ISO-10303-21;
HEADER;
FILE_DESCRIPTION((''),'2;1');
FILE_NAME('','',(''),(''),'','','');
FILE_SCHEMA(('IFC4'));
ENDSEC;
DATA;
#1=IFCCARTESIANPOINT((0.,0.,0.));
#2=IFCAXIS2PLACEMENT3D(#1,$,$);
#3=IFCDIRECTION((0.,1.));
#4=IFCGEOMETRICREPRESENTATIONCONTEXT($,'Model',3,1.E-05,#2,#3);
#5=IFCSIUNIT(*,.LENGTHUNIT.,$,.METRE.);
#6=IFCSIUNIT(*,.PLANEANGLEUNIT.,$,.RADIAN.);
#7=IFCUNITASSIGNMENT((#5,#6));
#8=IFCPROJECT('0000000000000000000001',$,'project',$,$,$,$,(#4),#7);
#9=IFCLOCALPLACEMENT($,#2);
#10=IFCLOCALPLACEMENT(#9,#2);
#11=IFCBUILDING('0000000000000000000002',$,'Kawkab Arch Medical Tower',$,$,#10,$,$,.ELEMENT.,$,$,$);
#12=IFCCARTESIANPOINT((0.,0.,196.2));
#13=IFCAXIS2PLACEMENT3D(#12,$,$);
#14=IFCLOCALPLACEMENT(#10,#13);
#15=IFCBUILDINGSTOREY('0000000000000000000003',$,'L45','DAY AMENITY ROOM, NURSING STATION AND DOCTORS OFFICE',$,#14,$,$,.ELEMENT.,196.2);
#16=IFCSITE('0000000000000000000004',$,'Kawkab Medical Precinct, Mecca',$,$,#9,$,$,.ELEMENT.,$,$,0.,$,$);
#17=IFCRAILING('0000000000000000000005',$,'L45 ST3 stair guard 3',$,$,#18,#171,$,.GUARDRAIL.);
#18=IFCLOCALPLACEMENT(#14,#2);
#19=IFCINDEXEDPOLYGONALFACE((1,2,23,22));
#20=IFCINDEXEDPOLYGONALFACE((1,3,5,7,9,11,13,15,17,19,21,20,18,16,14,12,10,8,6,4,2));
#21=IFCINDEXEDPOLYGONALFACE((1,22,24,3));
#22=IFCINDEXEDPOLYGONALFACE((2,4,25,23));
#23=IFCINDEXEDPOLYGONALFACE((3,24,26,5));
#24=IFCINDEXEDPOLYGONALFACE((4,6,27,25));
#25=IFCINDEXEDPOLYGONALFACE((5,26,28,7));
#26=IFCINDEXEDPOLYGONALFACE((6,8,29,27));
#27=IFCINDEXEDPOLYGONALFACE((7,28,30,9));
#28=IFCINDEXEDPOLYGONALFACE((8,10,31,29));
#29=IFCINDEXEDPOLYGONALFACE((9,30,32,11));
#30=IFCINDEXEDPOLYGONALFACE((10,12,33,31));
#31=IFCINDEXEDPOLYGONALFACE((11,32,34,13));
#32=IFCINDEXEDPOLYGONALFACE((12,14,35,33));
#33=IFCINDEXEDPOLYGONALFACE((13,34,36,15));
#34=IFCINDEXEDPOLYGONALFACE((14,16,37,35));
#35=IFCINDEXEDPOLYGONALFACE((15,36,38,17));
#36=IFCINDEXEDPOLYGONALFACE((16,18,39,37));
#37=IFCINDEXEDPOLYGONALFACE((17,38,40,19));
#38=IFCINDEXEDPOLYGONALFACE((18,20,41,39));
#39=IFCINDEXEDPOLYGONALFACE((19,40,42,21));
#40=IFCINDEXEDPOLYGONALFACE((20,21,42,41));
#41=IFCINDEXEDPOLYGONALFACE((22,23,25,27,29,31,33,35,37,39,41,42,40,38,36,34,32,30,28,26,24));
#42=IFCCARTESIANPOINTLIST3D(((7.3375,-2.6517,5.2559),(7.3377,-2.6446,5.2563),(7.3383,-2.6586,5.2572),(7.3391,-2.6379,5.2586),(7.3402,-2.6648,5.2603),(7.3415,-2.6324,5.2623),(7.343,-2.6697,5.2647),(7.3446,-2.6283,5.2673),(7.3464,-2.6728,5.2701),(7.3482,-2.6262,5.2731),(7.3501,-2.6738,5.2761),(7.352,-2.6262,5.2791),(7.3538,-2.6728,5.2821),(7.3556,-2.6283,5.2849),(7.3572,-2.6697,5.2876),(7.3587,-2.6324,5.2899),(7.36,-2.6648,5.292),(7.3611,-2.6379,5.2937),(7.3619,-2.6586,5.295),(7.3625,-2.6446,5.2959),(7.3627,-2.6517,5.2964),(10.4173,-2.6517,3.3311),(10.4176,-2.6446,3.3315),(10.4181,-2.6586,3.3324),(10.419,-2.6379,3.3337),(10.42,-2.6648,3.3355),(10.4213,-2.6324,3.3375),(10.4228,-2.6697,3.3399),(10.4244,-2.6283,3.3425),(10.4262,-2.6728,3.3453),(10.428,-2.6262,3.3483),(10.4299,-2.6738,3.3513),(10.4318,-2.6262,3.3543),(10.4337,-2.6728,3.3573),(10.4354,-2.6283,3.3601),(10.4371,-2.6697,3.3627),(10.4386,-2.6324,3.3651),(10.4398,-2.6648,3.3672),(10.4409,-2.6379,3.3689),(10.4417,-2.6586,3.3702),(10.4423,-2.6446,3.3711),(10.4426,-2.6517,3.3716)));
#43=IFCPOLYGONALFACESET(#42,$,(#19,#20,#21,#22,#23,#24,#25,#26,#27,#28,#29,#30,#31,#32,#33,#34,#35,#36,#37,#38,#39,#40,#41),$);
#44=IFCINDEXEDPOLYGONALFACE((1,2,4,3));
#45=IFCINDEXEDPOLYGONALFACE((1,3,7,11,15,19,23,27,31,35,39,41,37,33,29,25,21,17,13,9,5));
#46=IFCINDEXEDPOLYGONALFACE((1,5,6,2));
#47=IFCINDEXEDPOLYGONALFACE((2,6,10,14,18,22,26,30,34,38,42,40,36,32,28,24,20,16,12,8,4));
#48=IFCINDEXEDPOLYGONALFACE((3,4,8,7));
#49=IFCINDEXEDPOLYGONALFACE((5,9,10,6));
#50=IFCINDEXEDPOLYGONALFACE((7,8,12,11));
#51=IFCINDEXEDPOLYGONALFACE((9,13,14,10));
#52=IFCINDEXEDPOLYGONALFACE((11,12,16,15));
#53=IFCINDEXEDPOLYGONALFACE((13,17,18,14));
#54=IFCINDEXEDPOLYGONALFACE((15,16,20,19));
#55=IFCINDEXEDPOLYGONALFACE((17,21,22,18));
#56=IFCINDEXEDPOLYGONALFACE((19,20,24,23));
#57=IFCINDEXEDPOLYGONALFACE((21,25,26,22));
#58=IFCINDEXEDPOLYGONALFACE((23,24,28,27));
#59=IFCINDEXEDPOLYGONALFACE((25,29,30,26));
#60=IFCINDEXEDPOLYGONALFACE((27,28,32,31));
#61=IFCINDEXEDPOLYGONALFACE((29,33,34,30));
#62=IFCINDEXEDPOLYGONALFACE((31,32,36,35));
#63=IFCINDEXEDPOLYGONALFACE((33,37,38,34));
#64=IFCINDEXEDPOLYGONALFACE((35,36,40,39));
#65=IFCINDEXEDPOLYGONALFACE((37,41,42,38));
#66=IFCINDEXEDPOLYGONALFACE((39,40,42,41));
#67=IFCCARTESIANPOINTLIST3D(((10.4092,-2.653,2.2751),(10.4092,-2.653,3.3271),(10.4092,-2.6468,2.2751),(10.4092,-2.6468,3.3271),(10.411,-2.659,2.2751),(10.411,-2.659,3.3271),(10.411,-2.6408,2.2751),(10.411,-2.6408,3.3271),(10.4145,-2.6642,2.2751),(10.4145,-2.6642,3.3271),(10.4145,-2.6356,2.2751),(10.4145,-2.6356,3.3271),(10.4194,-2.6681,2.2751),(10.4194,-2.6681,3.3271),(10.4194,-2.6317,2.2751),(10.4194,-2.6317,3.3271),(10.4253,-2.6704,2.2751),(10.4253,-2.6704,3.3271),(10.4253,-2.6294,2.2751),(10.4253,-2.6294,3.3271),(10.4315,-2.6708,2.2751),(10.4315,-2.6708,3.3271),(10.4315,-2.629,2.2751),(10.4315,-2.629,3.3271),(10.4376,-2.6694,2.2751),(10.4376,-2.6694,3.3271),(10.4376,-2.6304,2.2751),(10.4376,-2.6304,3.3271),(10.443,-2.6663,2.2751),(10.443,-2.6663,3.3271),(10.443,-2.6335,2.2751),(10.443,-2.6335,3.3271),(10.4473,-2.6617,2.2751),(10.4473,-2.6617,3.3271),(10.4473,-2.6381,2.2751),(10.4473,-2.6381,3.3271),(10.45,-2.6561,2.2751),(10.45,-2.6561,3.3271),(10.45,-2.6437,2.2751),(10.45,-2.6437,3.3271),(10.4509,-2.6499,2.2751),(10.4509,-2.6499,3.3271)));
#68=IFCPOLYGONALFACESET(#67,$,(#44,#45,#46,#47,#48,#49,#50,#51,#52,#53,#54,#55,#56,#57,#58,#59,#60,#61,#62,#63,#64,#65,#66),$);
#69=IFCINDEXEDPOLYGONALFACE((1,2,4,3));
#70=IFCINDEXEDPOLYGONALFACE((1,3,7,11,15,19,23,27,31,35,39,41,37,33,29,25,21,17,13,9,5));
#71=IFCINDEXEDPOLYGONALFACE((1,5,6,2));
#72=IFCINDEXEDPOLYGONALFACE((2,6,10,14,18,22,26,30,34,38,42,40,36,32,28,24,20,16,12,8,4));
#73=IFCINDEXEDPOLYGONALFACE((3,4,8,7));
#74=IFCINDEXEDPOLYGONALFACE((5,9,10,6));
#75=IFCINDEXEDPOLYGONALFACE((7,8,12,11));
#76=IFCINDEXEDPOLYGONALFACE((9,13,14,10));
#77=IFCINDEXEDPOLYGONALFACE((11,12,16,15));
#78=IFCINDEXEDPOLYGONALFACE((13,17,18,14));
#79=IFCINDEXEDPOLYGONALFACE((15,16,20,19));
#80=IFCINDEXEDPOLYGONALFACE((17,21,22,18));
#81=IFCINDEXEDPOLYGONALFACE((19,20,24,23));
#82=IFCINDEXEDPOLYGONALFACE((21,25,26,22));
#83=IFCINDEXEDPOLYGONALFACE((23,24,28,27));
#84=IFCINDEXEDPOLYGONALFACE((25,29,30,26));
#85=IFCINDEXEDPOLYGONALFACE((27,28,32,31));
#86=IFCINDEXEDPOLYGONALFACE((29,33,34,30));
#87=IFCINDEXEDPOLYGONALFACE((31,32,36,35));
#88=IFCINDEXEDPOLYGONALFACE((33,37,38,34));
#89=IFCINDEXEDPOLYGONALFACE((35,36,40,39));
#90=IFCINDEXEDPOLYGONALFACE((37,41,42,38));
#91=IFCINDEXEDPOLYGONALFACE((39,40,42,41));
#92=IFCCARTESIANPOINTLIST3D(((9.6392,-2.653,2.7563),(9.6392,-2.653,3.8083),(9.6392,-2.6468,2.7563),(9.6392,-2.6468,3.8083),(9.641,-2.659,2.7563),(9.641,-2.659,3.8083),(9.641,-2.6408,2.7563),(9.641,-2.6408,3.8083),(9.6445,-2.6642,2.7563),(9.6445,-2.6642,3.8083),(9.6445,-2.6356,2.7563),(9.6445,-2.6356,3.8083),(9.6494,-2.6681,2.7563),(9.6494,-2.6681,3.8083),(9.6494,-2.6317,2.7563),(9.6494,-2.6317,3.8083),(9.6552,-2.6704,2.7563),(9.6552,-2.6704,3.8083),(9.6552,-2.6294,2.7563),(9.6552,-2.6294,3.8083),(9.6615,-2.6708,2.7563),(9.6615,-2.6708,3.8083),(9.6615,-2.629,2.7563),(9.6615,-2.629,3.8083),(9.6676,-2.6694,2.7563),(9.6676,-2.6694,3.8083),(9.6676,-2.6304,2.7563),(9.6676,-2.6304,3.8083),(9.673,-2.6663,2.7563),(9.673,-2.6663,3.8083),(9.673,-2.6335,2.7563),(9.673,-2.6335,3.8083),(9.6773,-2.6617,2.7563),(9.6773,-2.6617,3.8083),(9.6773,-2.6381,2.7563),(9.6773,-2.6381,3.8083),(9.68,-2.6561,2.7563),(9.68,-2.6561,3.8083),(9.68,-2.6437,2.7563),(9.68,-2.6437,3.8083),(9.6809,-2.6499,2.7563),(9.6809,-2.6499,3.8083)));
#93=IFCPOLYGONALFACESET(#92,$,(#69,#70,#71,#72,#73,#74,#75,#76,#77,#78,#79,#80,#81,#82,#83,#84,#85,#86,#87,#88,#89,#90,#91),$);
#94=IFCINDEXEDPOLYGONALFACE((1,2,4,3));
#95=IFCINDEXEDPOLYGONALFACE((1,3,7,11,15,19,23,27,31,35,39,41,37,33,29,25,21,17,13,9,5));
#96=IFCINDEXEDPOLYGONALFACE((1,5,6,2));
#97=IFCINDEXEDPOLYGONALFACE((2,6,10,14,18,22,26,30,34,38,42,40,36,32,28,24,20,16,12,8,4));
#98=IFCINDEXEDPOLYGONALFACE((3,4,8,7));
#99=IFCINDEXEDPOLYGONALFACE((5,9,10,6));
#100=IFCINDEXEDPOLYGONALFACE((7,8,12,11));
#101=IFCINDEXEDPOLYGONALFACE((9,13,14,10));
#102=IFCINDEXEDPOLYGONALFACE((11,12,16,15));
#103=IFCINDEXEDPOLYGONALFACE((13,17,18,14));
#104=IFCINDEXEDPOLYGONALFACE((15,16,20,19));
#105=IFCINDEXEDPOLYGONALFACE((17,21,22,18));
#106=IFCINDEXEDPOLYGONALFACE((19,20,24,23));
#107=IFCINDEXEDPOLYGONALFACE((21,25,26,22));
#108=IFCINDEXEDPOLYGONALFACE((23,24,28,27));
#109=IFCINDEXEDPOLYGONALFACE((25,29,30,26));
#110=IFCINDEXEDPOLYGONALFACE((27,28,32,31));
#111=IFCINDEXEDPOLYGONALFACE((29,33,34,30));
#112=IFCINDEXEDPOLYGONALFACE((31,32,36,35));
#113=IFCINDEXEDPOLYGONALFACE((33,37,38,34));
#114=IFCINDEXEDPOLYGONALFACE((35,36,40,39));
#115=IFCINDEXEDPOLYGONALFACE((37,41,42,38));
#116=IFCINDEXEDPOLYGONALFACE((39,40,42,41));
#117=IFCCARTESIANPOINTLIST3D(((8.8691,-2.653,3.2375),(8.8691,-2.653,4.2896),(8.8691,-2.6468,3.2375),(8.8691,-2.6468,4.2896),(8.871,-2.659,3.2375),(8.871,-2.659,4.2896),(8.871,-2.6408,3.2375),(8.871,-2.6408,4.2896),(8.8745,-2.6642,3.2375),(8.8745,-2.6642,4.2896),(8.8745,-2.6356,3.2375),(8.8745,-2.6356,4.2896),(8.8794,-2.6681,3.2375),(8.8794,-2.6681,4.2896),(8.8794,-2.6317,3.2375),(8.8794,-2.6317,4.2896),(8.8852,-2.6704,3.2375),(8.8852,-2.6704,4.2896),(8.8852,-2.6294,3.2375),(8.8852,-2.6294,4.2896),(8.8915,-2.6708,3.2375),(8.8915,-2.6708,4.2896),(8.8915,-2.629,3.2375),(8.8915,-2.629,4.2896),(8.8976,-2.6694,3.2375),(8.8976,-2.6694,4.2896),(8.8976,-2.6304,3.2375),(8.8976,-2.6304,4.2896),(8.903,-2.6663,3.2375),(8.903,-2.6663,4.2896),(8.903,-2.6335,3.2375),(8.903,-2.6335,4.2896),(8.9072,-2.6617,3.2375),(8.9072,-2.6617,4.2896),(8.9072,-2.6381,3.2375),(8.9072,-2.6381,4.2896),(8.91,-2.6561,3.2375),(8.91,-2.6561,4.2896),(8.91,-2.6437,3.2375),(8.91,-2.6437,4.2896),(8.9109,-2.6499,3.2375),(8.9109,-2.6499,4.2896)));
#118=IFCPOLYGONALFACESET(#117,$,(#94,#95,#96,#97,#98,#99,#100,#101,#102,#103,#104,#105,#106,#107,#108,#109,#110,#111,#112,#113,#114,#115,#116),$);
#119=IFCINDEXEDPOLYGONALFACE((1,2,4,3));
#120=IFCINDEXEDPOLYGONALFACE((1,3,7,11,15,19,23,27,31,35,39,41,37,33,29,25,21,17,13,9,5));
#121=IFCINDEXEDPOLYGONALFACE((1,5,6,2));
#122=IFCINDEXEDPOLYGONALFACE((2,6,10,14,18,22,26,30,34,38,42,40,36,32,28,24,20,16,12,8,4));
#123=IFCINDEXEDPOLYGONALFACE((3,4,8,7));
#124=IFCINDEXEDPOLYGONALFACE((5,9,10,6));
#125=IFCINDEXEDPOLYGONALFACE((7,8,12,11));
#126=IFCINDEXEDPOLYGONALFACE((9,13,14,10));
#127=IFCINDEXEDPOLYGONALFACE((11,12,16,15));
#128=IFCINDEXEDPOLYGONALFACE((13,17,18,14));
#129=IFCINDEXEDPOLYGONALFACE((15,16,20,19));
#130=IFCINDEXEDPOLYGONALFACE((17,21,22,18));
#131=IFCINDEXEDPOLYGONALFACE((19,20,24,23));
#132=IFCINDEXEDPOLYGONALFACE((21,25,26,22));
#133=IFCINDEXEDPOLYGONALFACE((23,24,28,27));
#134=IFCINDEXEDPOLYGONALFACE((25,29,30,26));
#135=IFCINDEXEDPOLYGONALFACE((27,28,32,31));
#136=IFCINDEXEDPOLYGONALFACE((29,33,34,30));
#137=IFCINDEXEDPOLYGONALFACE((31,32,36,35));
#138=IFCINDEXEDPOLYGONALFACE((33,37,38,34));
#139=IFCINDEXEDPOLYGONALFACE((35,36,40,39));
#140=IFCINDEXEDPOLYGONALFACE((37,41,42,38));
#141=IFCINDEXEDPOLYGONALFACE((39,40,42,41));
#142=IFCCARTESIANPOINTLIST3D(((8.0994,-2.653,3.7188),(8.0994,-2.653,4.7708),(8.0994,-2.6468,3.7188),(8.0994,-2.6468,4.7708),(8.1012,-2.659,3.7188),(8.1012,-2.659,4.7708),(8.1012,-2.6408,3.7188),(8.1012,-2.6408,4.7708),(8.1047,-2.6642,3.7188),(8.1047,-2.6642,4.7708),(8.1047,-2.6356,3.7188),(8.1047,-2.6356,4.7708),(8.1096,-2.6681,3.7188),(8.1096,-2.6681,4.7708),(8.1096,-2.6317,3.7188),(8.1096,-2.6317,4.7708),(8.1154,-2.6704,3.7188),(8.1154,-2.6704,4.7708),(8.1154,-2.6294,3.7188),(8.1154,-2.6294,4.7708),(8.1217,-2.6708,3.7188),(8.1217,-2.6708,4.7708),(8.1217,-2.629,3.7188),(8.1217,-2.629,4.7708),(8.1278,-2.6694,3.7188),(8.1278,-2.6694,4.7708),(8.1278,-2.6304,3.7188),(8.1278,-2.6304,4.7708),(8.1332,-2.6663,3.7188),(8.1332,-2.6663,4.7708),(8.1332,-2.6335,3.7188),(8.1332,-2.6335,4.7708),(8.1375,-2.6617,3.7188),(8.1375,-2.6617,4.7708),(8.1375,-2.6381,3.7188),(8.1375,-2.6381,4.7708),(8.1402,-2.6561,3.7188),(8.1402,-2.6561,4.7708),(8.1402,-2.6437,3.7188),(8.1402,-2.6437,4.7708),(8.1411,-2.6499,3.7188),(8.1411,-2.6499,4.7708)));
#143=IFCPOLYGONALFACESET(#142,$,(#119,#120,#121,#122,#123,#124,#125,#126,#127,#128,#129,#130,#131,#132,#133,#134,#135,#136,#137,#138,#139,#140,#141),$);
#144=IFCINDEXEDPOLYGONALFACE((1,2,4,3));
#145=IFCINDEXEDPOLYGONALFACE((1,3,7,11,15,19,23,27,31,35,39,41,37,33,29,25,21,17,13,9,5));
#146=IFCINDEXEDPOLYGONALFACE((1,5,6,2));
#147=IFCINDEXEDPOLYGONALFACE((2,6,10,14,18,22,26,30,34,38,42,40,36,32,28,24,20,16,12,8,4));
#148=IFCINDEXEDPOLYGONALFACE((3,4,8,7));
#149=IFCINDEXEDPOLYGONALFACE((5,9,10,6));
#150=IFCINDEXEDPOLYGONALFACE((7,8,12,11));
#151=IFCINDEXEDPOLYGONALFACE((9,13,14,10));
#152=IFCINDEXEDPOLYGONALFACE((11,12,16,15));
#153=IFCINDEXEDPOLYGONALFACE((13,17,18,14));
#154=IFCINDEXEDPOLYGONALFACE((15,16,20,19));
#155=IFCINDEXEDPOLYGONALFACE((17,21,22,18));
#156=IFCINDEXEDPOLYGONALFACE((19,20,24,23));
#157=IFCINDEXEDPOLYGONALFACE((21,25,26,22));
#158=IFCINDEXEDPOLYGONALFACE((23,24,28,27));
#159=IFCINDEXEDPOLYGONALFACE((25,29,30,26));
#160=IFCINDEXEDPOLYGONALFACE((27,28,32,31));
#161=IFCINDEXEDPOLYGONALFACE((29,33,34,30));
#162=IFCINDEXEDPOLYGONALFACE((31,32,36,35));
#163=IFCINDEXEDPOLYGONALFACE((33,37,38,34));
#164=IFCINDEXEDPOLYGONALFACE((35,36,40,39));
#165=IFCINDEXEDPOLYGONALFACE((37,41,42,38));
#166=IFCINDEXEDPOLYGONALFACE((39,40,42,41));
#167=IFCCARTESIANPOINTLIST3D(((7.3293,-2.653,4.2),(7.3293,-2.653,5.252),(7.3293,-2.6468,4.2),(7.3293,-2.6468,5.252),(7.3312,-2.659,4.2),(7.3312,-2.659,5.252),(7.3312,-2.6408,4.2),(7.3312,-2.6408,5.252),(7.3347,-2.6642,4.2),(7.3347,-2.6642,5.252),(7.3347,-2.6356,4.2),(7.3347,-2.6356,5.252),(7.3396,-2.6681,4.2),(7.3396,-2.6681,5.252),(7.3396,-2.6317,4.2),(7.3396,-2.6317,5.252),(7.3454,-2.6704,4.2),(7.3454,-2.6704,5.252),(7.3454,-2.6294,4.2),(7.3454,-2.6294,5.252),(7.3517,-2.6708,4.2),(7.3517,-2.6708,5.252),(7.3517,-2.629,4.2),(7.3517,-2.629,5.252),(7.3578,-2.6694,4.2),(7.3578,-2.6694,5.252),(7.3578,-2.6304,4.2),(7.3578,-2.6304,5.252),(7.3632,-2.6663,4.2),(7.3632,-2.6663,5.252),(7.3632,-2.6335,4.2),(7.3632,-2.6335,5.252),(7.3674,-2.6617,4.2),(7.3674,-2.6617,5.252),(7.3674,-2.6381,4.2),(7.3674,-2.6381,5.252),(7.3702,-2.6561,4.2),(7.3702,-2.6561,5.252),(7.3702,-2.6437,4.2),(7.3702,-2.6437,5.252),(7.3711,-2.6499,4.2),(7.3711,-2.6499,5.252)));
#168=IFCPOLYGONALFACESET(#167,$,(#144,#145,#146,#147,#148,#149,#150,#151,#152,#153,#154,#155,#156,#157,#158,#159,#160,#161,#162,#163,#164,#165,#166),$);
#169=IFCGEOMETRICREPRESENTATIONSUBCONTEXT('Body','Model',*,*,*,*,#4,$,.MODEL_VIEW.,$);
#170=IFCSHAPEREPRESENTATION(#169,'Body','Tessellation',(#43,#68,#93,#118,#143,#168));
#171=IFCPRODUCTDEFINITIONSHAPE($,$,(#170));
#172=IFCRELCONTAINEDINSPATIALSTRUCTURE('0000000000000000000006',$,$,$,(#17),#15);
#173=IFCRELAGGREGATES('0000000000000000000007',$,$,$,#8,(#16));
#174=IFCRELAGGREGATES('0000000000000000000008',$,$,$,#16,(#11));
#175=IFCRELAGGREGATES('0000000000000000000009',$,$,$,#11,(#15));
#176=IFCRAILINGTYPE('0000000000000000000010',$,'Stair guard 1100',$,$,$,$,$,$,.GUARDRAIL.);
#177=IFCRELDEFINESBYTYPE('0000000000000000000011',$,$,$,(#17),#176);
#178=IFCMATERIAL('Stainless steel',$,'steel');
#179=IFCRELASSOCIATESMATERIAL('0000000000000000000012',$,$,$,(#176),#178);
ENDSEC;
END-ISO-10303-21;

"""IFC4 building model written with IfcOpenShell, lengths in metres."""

from ifc_helpers import new_model, si_unit, direction, frame, origin, origin_2d, place, context, subcontext, project, spatial, circle, extrude, material, type_object, element, save


model = new_model("IFC4")

# Units and contexts
model_context = context("Model", 3, precision=1e-05, world=origin(), true_north=direction((0.0, 1.0)))
body_context = subcontext(model_context, "Body", "Model", "MODEL_VIEW")
ifc_project = project(units=[si_unit("LENGTHUNIT", "METRE"), si_unit("PLANEANGLEUNIT", "RADIAN")], contexts=[model_context])

# Site, building, storey
site_placement = place(None, origin())
site = spatial("IfcSite", under=ifc_project, at=site_placement, Name="Kawkab Medical Precinct, Mecca", CompositionType="ELEMENT", RefElevation=0.0)
building_placement = place(site_placement, origin())
building = spatial("IfcBuilding", under=site, at=building_placement, Name="Kawkab Arch Medical Tower", CompositionType="ELEMENT")
storey_placement = place(building_placement, frame((0.0, 0.0, 196.2)))
storey = spatial("IfcBuildingStorey", under=building, at=storey_placement, Name="L45", Description="DAY AMENITY ROOM, NURSING STATION AND DOCTORS OFFICE", CompositionType="ELEMENT", Elevation=196.2)

# Railing
ifc_material_1 = material(Name="Stainless steel", Category="steel")
railing_type_1 = type_object("IfcRailingType", Name="Stair guard 1100", PredefinedType="GUARDRAIL", material=ifc_material_1)
railing_1_placement = place(storey_placement, frame((10.4299, -2.6499, 2.2751)))
element("IfcRailing", 1, at=railing_1_placement, inside=storey, type_object=railing_type_1, Name="L45 ST3 stair guard 3", PredefinedType="GUARDRAIL", context=body_context, shape_type="SweptSolid", body=[
    extrude(circle(Radius=0.0239, at=origin_2d()), frame((0.0, 0.0, 1.0762), z_axis=(-0.84801, 0.0, 0.529981), x_axis=(0.0, -1.0, 0.0)), (0.0, 0.0, 1.0), 3.6318),
    extrude(circle(Radius=0.021, at=origin_2d()), origin(), (0.0, 0.0, 1.0), 1.052),
    extrude(circle(Radius=0.021, at=origin_2d()), frame((-0.77, 0.0, 0.4812)), (0.0, 0.0, 1.0), 1.052),
    extrude(circle(Radius=0.021, at=origin_2d()), frame((-1.54, 0.0, 0.9624)), (0.0, 0.0, 1.0), 1.052),
    extrude(circle(Radius=0.021, at=origin_2d()), frame((-2.3098, 0.0, 1.4436)), (0.0, 0.0, 1.0), 1.052),
    extrude(circle(Radius=0.021, at=origin_2d()), frame((-3.0798, 0.0, 1.9248)), (0.0, 0.0, 1.0), 1.052),
])

save(model, "model.ifc")
